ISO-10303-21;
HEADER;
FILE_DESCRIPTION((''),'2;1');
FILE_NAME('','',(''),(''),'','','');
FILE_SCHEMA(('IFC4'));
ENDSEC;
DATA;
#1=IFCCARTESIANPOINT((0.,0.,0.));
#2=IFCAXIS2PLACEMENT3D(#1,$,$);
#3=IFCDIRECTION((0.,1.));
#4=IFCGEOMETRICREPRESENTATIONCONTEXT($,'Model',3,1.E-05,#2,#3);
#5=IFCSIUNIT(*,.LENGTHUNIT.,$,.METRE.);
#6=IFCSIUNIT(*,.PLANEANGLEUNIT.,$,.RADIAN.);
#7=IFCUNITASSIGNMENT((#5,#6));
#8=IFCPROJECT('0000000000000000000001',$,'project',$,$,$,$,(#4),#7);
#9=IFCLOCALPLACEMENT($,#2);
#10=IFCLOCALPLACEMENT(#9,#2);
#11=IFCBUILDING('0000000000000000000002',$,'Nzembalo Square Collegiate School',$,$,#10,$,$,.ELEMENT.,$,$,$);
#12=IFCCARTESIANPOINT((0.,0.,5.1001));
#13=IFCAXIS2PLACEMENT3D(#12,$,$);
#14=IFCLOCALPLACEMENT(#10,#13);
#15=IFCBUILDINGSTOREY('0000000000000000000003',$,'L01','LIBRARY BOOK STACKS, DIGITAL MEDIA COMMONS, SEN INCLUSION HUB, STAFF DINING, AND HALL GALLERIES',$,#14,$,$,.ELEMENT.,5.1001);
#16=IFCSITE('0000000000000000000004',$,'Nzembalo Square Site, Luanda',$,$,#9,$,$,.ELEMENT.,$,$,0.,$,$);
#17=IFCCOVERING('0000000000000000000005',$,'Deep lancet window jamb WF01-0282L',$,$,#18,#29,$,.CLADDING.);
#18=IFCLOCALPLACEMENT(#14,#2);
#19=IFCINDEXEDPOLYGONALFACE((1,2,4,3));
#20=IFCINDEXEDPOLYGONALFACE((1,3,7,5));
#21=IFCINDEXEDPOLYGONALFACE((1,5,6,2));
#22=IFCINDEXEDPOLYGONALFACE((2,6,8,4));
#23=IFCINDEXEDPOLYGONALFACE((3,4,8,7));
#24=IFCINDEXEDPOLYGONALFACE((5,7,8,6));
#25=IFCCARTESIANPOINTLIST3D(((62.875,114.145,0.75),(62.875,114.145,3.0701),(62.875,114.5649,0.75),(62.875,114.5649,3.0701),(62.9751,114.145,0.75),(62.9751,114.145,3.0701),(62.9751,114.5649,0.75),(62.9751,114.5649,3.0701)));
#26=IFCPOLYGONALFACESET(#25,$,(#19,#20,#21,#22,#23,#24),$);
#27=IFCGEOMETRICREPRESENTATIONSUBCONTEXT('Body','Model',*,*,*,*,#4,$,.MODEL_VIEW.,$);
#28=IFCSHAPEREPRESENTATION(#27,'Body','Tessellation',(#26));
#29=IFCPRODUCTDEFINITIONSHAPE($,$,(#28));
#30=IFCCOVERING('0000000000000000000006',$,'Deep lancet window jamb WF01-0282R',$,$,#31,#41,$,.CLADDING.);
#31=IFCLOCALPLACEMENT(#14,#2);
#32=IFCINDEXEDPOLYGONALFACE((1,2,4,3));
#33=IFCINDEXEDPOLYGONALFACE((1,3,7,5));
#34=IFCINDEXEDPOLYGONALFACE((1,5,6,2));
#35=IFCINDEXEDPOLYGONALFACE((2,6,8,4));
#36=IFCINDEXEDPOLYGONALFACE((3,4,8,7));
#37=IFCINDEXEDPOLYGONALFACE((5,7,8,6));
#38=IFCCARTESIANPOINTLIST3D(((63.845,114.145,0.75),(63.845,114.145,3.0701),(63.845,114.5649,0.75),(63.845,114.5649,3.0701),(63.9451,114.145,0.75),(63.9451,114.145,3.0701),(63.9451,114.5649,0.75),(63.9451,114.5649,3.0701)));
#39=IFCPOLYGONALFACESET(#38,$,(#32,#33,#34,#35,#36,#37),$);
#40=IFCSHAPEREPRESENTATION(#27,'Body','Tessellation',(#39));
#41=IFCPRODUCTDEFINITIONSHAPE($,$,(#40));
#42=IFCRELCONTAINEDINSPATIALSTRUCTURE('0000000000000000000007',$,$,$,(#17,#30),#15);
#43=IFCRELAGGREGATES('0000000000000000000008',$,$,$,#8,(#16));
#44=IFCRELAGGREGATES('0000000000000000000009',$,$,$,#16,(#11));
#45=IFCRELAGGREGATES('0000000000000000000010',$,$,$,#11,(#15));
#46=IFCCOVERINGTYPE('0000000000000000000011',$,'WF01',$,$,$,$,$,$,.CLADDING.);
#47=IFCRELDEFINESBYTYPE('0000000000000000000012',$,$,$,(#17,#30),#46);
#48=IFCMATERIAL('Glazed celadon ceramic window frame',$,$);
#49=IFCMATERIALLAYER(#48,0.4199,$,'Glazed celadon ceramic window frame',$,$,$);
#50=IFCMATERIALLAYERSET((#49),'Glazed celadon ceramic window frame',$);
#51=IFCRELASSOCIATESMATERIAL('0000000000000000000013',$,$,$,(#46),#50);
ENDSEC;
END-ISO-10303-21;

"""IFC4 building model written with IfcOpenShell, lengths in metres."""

from ifc_helpers import new_model, si_unit, direction, frame, origin, origin_2d, place, context, subcontext, project, spatial, rectangle, extrude, material, layer, layer_set, type_object, element, save


model = new_model("IFC4")

# Units and contexts
model_context = context("Model", 3, precision=1e-05, world=origin(), true_north=direction((0.0, 1.0)))
body_context = subcontext(model_context, "Body", "Model", "MODEL_VIEW")
ifc_project = project(units=[si_unit("LENGTHUNIT", "METRE"), si_unit("PLANEANGLEUNIT", "RADIAN")], contexts=[model_context])

# Site, building, storey
site_placement = place(None, origin())
site = spatial("IfcSite", under=ifc_project, at=site_placement, Name="Nzembalo Square Site, Luanda", CompositionType="ELEMENT", RefElevation=0.0)
building_placement = place(site_placement, origin())
building = spatial("IfcBuilding", under=site, at=building_placement, Name="Nzembalo Square Collegiate School", CompositionType="ELEMENT")
storey_placement = place(building_placement, frame((0.0, 0.0, 5.1001)))
storey = spatial("IfcBuildingStorey", under=building, at=storey_placement, Name="L01", Description="LIBRARY BOOK STACKS, DIGITAL MEDIA COMMONS, SEN INCLUSION HUB, STAFF DINING, AND HALL GALLERIES", CompositionType="ELEMENT", Elevation=5.1001)

# Coverings
ifc_material_1 = material(Name="Glazed celadon ceramic window frame")
ifc_layer_1 = layer(ifc_material_1, 0.4199, Name="Glazed celadon ceramic window frame")
ifc_layer_set_1 = layer_set([ifc_layer_1], Name="Glazed celadon ceramic window frame")
covering_type_1 = type_object("IfcCoveringType", Name="WF01", PredefinedType="CLADDING", material=ifc_layer_set_1)
for number, where, z_axis, x_axis, name in (
    (1, (62.925, 114.355, 0.75), (0.0, 0.0, 1.0), (1.0, 0.0, 0.0), "Deep lancet window jamb WF01-0282L"),
    (2, (63.895, 114.355, 0.75), (0.0, 0.0, 1.0), (1.0, 0.0, 0.0), "Deep lancet window jamb WF01-0282R"),
):
    element("IfcCovering", number, at=place(storey_placement, frame(where, z_axis=z_axis, x_axis=x_axis)), inside=storey, type_object=covering_type_1, Name=name, PredefinedType="CLADDING", context=body_context, shape_type="SweptSolid", body=[
        extrude(rectangle(XDim=0.1001, YDim=0.4199, at=origin_2d()), origin(), (0.0, 0.0, 1.0), 2.3201),
    ])

save(model, "model.ifc")
